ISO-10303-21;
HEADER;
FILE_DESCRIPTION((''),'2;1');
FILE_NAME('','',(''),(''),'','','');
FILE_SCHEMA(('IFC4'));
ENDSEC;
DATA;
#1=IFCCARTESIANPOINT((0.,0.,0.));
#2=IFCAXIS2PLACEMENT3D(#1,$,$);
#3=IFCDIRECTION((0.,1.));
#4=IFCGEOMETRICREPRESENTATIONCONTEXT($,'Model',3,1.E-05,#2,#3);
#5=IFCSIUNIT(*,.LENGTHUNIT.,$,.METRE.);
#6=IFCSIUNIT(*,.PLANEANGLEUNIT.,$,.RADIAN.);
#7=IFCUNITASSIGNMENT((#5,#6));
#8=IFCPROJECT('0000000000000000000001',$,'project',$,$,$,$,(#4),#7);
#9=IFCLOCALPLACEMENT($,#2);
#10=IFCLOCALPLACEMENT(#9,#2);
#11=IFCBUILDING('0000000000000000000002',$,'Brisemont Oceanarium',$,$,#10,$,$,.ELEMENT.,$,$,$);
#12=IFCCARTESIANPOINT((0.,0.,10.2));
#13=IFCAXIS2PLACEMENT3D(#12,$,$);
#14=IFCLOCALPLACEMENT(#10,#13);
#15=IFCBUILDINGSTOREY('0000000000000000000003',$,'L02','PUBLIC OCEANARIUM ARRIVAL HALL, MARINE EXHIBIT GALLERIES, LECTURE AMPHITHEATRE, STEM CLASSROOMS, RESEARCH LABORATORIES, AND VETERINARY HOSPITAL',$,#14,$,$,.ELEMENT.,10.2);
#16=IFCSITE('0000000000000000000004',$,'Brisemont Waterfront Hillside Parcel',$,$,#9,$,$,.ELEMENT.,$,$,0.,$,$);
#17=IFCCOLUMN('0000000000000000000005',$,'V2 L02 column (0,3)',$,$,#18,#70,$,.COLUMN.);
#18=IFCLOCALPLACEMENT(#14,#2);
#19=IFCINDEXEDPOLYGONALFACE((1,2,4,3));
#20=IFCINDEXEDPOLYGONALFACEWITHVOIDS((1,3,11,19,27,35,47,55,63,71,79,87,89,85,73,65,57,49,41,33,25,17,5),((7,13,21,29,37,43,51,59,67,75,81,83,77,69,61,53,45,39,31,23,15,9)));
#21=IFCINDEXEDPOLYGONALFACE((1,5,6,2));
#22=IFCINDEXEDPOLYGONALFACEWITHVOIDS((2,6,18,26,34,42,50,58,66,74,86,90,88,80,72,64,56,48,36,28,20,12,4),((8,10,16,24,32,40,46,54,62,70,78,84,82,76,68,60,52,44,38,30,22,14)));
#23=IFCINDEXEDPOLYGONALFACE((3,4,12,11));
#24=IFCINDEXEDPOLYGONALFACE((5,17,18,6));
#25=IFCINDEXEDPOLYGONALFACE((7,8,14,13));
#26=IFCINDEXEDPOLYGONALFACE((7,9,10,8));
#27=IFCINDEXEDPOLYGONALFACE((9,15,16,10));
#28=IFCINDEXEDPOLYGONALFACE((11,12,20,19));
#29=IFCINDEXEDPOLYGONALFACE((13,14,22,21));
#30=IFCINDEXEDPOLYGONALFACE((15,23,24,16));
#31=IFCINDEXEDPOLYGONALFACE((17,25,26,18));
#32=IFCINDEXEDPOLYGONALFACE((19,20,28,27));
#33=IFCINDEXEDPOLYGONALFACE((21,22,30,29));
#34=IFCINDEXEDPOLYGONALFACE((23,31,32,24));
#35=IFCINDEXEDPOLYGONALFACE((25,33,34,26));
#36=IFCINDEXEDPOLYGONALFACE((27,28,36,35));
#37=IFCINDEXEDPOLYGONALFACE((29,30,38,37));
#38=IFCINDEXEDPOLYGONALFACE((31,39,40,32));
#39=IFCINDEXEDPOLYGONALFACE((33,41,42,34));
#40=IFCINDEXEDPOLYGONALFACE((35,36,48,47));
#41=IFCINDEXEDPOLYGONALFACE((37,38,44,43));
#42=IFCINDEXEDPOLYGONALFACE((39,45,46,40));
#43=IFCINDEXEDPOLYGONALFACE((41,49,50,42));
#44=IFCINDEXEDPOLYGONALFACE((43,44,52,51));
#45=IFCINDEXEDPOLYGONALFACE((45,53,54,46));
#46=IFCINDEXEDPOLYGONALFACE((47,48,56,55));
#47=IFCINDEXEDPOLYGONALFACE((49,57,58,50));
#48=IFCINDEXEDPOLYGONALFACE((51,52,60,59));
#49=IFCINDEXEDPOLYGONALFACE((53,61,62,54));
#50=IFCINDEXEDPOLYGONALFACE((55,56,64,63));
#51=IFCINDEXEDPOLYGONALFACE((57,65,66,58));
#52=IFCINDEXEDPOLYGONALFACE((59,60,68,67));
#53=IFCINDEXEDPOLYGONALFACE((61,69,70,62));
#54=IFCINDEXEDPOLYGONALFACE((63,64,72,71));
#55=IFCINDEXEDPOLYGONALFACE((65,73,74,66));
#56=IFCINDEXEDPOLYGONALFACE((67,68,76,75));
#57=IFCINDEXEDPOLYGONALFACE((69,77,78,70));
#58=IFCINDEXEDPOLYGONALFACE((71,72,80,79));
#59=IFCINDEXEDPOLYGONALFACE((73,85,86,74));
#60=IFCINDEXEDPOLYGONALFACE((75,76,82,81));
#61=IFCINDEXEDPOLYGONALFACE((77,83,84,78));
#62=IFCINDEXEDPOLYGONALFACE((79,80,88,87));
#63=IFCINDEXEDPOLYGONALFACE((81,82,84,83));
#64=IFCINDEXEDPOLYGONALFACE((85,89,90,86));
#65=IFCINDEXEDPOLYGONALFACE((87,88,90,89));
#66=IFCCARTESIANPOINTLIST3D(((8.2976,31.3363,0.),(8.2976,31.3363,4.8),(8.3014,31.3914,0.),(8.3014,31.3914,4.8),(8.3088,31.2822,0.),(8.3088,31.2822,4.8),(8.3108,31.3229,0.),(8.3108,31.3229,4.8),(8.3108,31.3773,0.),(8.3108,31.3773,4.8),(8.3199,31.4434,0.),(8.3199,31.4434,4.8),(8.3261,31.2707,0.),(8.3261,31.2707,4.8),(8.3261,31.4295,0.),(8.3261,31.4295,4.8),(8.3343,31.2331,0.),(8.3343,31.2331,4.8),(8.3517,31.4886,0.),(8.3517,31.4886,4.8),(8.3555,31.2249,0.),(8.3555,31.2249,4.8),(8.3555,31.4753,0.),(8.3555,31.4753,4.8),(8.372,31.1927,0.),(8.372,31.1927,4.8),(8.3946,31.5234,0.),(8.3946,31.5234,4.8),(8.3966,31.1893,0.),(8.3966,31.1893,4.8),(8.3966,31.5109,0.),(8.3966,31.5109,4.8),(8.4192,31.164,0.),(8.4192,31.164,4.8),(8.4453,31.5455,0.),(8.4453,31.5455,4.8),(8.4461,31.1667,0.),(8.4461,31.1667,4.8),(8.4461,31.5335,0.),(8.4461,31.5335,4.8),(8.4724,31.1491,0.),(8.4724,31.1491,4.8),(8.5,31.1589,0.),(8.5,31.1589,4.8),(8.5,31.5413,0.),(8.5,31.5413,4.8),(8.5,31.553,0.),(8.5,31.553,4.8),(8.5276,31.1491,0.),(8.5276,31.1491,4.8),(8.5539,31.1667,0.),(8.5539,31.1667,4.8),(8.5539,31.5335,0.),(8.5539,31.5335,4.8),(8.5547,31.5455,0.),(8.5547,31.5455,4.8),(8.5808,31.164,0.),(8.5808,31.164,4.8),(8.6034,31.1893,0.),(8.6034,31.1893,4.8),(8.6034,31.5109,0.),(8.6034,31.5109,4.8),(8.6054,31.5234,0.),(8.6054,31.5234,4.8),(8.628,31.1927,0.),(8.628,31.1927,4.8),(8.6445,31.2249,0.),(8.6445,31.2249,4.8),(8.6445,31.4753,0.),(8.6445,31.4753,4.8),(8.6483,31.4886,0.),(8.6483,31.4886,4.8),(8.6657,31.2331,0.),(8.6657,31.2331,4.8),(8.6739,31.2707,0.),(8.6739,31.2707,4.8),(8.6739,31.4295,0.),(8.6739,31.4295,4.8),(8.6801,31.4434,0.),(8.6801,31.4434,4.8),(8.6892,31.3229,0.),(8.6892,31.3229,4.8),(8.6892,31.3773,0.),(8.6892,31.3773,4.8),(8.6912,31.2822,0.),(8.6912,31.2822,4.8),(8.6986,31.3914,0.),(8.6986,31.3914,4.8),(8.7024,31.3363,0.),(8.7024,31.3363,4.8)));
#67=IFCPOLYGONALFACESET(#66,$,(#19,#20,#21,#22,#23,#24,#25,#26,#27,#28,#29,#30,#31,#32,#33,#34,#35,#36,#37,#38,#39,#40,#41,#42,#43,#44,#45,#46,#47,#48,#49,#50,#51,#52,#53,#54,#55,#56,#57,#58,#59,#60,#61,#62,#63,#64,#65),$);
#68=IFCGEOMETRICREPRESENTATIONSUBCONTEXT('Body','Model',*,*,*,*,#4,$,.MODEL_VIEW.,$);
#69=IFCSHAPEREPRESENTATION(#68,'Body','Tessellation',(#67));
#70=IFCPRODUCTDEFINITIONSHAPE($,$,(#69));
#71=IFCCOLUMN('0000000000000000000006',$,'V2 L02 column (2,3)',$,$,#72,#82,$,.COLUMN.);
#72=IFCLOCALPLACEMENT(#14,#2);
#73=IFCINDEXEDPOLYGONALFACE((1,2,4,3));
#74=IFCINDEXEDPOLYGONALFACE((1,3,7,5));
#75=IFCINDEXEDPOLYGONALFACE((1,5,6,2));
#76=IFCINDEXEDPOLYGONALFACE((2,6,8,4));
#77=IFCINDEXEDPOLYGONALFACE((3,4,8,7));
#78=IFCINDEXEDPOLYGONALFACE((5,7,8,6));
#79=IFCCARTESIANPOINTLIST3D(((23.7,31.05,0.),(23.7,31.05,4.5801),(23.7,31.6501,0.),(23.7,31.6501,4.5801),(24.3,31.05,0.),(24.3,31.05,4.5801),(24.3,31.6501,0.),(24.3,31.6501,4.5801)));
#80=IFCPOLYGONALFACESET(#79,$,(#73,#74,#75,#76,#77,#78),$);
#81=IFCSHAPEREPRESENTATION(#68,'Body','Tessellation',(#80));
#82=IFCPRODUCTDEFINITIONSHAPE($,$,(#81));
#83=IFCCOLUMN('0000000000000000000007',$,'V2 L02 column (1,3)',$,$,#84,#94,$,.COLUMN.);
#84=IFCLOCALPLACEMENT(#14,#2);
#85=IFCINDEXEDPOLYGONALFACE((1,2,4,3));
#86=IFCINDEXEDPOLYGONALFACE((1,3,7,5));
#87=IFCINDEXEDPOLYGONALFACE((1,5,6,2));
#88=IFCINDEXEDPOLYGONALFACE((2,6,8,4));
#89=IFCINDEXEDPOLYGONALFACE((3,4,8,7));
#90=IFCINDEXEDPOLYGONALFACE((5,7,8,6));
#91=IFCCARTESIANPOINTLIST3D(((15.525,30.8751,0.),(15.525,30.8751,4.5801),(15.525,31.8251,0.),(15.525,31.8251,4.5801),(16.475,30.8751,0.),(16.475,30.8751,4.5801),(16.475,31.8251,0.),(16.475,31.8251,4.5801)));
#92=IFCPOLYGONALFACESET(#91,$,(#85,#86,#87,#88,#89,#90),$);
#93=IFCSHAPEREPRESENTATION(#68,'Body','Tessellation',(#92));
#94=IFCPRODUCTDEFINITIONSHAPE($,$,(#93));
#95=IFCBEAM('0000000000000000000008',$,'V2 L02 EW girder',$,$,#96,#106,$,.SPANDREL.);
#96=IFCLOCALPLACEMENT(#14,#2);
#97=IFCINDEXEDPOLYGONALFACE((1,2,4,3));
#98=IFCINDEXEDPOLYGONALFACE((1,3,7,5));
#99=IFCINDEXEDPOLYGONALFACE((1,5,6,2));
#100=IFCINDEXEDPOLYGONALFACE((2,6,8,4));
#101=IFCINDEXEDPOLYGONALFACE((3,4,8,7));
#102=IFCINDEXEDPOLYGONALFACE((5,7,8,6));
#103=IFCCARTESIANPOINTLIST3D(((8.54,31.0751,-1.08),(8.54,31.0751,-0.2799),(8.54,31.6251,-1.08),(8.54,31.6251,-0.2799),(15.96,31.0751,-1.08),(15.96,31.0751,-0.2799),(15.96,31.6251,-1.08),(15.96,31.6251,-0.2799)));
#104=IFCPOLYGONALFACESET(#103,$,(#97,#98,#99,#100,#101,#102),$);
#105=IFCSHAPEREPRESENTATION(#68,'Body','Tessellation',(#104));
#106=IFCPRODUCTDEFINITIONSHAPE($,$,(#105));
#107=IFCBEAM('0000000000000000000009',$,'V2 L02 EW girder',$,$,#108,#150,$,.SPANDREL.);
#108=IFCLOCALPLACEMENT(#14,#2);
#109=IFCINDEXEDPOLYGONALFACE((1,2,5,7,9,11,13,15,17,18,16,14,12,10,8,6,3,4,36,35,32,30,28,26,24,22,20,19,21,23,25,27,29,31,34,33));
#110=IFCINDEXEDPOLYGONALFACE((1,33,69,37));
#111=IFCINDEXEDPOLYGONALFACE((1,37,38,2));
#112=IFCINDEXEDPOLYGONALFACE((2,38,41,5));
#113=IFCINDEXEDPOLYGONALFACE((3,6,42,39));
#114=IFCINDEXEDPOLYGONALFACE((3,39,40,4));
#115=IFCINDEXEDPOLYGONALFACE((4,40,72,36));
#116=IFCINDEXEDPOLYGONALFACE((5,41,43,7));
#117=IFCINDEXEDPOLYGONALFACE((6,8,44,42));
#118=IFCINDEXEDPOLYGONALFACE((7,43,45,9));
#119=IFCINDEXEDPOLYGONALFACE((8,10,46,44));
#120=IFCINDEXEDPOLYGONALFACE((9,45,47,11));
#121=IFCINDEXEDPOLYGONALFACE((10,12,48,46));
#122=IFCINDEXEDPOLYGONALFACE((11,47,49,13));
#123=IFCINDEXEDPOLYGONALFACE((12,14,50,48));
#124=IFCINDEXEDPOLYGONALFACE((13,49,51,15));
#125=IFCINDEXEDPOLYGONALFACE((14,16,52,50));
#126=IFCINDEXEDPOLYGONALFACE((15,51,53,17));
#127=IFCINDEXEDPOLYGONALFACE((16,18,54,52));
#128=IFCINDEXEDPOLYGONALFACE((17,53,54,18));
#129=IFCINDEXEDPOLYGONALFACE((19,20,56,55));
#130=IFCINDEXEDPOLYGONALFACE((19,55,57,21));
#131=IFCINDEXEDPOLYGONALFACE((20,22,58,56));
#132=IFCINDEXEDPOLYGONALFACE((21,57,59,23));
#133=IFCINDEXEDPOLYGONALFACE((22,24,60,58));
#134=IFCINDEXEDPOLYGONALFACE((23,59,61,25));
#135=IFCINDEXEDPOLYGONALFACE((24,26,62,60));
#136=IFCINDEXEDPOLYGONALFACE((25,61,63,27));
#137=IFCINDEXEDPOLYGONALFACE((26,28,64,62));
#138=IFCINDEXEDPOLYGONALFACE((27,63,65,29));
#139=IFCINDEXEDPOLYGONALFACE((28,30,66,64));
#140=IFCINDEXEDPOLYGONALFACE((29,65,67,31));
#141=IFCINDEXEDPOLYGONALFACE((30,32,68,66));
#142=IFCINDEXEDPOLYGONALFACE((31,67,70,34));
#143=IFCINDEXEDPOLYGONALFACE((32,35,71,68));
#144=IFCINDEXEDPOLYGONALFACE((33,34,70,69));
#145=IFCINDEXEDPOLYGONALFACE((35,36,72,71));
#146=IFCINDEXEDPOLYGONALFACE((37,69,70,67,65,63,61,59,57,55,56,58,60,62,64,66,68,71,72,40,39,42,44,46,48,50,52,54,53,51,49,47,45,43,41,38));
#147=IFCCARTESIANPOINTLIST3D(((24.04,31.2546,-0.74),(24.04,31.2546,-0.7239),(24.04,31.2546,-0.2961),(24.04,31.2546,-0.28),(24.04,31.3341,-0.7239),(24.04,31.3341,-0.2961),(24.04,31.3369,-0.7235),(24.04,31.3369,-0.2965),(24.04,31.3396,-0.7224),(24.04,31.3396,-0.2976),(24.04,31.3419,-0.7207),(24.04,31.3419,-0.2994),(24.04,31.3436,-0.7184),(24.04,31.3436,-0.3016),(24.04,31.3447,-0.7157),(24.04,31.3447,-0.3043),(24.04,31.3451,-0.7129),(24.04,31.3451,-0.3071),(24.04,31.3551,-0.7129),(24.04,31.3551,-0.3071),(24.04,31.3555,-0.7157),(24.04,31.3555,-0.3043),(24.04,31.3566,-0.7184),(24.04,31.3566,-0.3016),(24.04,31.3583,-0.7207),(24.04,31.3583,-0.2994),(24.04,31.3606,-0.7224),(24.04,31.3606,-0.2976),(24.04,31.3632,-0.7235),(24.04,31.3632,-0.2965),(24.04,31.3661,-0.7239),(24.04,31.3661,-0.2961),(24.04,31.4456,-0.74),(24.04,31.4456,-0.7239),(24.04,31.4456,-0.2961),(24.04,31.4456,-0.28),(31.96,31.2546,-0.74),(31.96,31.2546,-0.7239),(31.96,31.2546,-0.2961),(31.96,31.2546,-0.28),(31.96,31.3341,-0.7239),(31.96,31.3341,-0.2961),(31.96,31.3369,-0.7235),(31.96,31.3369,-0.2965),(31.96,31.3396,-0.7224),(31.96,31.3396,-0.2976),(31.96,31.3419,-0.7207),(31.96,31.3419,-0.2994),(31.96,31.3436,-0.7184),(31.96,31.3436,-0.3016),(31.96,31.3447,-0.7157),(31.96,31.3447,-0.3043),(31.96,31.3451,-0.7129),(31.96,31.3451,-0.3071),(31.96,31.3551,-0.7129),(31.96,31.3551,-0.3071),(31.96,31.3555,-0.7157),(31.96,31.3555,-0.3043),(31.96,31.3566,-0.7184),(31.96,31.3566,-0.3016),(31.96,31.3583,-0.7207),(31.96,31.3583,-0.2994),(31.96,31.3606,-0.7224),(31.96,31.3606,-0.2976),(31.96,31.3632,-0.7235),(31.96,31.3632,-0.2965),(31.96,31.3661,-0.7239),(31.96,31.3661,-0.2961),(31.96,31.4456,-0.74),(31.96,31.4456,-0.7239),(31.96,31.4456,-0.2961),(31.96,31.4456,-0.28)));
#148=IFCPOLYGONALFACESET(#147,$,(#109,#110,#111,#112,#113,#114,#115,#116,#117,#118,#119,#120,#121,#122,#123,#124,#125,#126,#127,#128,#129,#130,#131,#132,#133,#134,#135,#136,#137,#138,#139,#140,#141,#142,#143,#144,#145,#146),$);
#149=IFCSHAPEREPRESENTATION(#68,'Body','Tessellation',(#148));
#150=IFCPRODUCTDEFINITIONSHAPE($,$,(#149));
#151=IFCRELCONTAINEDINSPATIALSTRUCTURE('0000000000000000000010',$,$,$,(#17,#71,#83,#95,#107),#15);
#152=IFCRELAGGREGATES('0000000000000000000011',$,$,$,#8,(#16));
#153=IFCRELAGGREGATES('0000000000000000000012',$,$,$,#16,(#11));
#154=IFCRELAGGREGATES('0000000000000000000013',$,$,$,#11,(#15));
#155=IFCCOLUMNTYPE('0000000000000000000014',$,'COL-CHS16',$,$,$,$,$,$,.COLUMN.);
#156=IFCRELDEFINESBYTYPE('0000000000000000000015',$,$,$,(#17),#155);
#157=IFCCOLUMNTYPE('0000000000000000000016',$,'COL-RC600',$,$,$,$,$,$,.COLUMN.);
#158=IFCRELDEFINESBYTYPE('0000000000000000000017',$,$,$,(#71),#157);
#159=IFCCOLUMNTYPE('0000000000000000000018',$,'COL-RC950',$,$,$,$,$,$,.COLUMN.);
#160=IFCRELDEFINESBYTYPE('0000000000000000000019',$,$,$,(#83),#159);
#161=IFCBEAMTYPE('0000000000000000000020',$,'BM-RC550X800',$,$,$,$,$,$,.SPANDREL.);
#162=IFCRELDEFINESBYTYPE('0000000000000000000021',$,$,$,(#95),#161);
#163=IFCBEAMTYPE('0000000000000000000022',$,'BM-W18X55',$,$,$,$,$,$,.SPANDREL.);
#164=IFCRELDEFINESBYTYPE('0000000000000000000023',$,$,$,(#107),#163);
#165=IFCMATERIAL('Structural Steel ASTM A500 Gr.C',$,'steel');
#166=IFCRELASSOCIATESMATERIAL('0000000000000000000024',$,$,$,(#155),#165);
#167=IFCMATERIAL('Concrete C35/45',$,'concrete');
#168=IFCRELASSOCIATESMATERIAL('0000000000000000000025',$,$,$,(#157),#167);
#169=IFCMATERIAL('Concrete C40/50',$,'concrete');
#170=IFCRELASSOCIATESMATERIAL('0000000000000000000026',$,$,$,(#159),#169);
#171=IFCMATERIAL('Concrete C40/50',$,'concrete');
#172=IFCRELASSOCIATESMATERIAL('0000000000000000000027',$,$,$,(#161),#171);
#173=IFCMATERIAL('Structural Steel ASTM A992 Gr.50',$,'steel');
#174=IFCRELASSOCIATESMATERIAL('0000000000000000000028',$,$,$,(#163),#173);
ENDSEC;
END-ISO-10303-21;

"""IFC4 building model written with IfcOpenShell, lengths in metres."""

from ifc_helpers import new_model, si_unit, direction, frame, origin, origin_2d, place, context, subcontext, project, spatial, rectangle, hollow_circle, i_section, extrude, material, material_profile, profile_set, type_object, element, save


model = new_model("IFC4")

# Units and contexts
model_context = context("Model", 3, precision=1e-05, world=origin(), true_north=direction((0.0, 1.0)))
body_context = subcontext(model_context, "Body", "Model", "MODEL_VIEW")
ifc_project = project(units=[si_unit("LENGTHUNIT", "METRE"), si_unit("PLANEANGLEUNIT", "RADIAN")], contexts=[model_context])

# Site, building, storey
site_placement = place(None, origin())
site = spatial("IfcSite", under=ifc_project, at=site_placement, Name="Brisemont Waterfront Hillside Parcel", CompositionType="ELEMENT", RefElevation=0.0)
building_placement = place(site_placement, origin())
building = spatial("IfcBuilding", under=site, at=building_placement, Name="Brisemont Oceanarium", CompositionType="ELEMENT")
storey_placement = place(building_placement, frame((0.0, 0.0, 10.2)))
storey = spatial("IfcBuildingStorey", under=building, at=storey_placement, Name="L02", Description="PUBLIC OCEANARIUM ARRIVAL HALL, MARINE EXHIBIT GALLERIES, LECTURE AMPHITHEATRE, STEM CLASSROOMS, RESEARCH LABORATORIES, AND VETERINARY HOSPITAL", CompositionType="ELEMENT", Elevation=10.2)

# Columns
ifc_material_1 = material(Name="Structural Steel ASTM A500 Gr.C", Category="steel")
ifc_material_profile_1 = material_profile(ifc_material_1, hollow_circle(Radius=0.2029, WallThickness=0.0117, at=origin_2d()), Name="HSS16.000X0.500")
ifc_profile_set_1 = profile_set([ifc_material_profile_1], Name="Structural Steel ASTM A500 Gr.C")
column_type_1 = type_object("IfcColumnType", Name="COL-CHS16", PredefinedType="COLUMN", material=ifc_profile_set_1)
column_1_placement = place(storey_placement, frame((8.5, 31.3501, 0.0), z_axis=(0.0, 0.0, 1.0), x_axis=(0.0, 1.0, 0.0)))
element("IfcColumn", 1, at=column_1_placement, inside=storey, type_object=column_type_1, Name="V2 L02 column (0,3)", PredefinedType="COLUMN", context=body_context, shape_type="SweptSolid", body=[
    extrude(hollow_circle(Radius=0.2029, WallThickness=0.0117, at=origin_2d()), origin(), (0.0, 0.0, 1.0), 4.8),
])
ifc_material_2 = material(Name="Concrete C35/45", Category="concrete")
ifc_material_profile_2 = material_profile(ifc_material_2, rectangle(XDim=0.6001, YDim=0.6001, at=origin_2d()), Name="RC-COL-600X600")
ifc_profile_set_2 = profile_set([ifc_material_profile_2], Name="Concrete C35/45")
column_type_2 = type_object("IfcColumnType", Name="COL-RC600", PredefinedType="COLUMN", material=ifc_profile_set_2)
column_2_placement = place(storey_placement, frame((24.0, 31.3501, 0.0), z_axis=(0.0, 0.0, 1.0), x_axis=(0.0, 1.0, 0.0)))
element("IfcColumn", 2, at=column_2_placement, inside=storey, type_object=column_type_2, Name="V2 L02 column (2,3)", PredefinedType="COLUMN", context=body_context, shape_type="SweptSolid", body=[
    extrude(rectangle(XDim=0.6001, YDim=0.6001, at=origin_2d()), origin(), (0.0, 0.0, 1.0), 4.5801),
])
ifc_material_3 = material(Name="Concrete C40/50", Category="concrete")
ifc_material_profile_3 = material_profile(ifc_material_3, rectangle(XDim=0.95, YDim=0.95, at=origin_2d()), Name="RC-COL-950X950")
ifc_profile_set_3 = profile_set([ifc_material_profile_3], Name="Concrete C40/50")
column_type_3 = type_object("IfcColumnType", Name="COL-RC950", PredefinedType="COLUMN", material=ifc_profile_set_3)
column_3_placement = place(storey_placement, frame((16.0, 31.3501, 0.0), z_axis=(0.0, 0.0, 1.0), x_axis=(1.0, 0.0, 0.0)))
element("IfcColumn", 3, at=column_3_placement, inside=storey, type_object=column_type_3, Name="V2 L02 column (1,3)", PredefinedType="COLUMN", context=body_context, shape_type="SweptSolid", body=[
    extrude(rectangle(XDim=0.95, YDim=0.95, at=origin_2d()), origin(), (0.0, 0.0, 1.0), 4.5801),
])

# Beams
ifc_material_4 = material(Name="Concrete C40/50", Category="concrete")
ifc_material_profile_4 = material_profile(ifc_material_4, rectangle(XDim=0.55, YDim=0.8, at=origin_2d()), Name="RC-BM-550X800")
ifc_profile_set_4 = profile_set([ifc_material_profile_4], Name="Concrete C40/50")
beam_type_1 = type_object("IfcBeamType", Name="BM-RC550X800", PredefinedType="SPANDREL", material=ifc_profile_set_4)
beam_1_placement = place(storey_placement, frame((8.54, 31.3501, -0.6799), z_axis=(1.0, 0.0, 0.0), x_axis=(0.0, 1.0, 0.0)))
element("IfcBeam", 4, at=beam_1_placement, inside=storey, type_object=beam_type_1, Name="V2 L02 EW girder", PredefinedType="SPANDREL", context=body_context, shape_type="SweptSolid", body=[
    extrude(rectangle(XDim=0.55, YDim=0.8, at=origin_2d()), origin(), (0.0, 0.0, 1.0), 7.4199),
])
ifc_material_5 = material(Name="Structural Steel ASTM A992 Gr.50", Category="steel")
ifc_material_profile_5 = material_profile(ifc_material_5, i_section(OverallWidth=0.1909, OverallDepth=0.46, WebThickness=0.01, FlangeThickness=0.0161, FilletRadius=0.011, at=origin_2d()), Name="W18X55")
ifc_profile_set_5 = profile_set([ifc_material_profile_5], Name="Structural Steel ASTM A992 Gr.50")
beam_type_2 = type_object("IfcBeamType", Name="BM-W18X55", PredefinedType="SPANDREL", material=ifc_profile_set_5)
beam_2_placement = place(storey_placement, frame((24.04, 31.3501, -0.51), z_axis=(1.0, 0.0, 0.0), x_axis=(0.0, 1.0, 0.0)))
element("IfcBeam", 5, at=beam_2_placement, inside=storey, type_object=beam_type_2, Name="V2 L02 EW girder", PredefinedType="SPANDREL", context=body_context, shape_type="SweptSolid", body=[
    extrude(i_section(OverallWidth=0.1909, OverallDepth=0.46, WebThickness=0.01, FlangeThickness=0.0161, FilletRadius=0.011, at=origin_2d()), origin(), (0.0, 0.0, 1.0), 7.9199),
])

save(model, "model.ifc")
